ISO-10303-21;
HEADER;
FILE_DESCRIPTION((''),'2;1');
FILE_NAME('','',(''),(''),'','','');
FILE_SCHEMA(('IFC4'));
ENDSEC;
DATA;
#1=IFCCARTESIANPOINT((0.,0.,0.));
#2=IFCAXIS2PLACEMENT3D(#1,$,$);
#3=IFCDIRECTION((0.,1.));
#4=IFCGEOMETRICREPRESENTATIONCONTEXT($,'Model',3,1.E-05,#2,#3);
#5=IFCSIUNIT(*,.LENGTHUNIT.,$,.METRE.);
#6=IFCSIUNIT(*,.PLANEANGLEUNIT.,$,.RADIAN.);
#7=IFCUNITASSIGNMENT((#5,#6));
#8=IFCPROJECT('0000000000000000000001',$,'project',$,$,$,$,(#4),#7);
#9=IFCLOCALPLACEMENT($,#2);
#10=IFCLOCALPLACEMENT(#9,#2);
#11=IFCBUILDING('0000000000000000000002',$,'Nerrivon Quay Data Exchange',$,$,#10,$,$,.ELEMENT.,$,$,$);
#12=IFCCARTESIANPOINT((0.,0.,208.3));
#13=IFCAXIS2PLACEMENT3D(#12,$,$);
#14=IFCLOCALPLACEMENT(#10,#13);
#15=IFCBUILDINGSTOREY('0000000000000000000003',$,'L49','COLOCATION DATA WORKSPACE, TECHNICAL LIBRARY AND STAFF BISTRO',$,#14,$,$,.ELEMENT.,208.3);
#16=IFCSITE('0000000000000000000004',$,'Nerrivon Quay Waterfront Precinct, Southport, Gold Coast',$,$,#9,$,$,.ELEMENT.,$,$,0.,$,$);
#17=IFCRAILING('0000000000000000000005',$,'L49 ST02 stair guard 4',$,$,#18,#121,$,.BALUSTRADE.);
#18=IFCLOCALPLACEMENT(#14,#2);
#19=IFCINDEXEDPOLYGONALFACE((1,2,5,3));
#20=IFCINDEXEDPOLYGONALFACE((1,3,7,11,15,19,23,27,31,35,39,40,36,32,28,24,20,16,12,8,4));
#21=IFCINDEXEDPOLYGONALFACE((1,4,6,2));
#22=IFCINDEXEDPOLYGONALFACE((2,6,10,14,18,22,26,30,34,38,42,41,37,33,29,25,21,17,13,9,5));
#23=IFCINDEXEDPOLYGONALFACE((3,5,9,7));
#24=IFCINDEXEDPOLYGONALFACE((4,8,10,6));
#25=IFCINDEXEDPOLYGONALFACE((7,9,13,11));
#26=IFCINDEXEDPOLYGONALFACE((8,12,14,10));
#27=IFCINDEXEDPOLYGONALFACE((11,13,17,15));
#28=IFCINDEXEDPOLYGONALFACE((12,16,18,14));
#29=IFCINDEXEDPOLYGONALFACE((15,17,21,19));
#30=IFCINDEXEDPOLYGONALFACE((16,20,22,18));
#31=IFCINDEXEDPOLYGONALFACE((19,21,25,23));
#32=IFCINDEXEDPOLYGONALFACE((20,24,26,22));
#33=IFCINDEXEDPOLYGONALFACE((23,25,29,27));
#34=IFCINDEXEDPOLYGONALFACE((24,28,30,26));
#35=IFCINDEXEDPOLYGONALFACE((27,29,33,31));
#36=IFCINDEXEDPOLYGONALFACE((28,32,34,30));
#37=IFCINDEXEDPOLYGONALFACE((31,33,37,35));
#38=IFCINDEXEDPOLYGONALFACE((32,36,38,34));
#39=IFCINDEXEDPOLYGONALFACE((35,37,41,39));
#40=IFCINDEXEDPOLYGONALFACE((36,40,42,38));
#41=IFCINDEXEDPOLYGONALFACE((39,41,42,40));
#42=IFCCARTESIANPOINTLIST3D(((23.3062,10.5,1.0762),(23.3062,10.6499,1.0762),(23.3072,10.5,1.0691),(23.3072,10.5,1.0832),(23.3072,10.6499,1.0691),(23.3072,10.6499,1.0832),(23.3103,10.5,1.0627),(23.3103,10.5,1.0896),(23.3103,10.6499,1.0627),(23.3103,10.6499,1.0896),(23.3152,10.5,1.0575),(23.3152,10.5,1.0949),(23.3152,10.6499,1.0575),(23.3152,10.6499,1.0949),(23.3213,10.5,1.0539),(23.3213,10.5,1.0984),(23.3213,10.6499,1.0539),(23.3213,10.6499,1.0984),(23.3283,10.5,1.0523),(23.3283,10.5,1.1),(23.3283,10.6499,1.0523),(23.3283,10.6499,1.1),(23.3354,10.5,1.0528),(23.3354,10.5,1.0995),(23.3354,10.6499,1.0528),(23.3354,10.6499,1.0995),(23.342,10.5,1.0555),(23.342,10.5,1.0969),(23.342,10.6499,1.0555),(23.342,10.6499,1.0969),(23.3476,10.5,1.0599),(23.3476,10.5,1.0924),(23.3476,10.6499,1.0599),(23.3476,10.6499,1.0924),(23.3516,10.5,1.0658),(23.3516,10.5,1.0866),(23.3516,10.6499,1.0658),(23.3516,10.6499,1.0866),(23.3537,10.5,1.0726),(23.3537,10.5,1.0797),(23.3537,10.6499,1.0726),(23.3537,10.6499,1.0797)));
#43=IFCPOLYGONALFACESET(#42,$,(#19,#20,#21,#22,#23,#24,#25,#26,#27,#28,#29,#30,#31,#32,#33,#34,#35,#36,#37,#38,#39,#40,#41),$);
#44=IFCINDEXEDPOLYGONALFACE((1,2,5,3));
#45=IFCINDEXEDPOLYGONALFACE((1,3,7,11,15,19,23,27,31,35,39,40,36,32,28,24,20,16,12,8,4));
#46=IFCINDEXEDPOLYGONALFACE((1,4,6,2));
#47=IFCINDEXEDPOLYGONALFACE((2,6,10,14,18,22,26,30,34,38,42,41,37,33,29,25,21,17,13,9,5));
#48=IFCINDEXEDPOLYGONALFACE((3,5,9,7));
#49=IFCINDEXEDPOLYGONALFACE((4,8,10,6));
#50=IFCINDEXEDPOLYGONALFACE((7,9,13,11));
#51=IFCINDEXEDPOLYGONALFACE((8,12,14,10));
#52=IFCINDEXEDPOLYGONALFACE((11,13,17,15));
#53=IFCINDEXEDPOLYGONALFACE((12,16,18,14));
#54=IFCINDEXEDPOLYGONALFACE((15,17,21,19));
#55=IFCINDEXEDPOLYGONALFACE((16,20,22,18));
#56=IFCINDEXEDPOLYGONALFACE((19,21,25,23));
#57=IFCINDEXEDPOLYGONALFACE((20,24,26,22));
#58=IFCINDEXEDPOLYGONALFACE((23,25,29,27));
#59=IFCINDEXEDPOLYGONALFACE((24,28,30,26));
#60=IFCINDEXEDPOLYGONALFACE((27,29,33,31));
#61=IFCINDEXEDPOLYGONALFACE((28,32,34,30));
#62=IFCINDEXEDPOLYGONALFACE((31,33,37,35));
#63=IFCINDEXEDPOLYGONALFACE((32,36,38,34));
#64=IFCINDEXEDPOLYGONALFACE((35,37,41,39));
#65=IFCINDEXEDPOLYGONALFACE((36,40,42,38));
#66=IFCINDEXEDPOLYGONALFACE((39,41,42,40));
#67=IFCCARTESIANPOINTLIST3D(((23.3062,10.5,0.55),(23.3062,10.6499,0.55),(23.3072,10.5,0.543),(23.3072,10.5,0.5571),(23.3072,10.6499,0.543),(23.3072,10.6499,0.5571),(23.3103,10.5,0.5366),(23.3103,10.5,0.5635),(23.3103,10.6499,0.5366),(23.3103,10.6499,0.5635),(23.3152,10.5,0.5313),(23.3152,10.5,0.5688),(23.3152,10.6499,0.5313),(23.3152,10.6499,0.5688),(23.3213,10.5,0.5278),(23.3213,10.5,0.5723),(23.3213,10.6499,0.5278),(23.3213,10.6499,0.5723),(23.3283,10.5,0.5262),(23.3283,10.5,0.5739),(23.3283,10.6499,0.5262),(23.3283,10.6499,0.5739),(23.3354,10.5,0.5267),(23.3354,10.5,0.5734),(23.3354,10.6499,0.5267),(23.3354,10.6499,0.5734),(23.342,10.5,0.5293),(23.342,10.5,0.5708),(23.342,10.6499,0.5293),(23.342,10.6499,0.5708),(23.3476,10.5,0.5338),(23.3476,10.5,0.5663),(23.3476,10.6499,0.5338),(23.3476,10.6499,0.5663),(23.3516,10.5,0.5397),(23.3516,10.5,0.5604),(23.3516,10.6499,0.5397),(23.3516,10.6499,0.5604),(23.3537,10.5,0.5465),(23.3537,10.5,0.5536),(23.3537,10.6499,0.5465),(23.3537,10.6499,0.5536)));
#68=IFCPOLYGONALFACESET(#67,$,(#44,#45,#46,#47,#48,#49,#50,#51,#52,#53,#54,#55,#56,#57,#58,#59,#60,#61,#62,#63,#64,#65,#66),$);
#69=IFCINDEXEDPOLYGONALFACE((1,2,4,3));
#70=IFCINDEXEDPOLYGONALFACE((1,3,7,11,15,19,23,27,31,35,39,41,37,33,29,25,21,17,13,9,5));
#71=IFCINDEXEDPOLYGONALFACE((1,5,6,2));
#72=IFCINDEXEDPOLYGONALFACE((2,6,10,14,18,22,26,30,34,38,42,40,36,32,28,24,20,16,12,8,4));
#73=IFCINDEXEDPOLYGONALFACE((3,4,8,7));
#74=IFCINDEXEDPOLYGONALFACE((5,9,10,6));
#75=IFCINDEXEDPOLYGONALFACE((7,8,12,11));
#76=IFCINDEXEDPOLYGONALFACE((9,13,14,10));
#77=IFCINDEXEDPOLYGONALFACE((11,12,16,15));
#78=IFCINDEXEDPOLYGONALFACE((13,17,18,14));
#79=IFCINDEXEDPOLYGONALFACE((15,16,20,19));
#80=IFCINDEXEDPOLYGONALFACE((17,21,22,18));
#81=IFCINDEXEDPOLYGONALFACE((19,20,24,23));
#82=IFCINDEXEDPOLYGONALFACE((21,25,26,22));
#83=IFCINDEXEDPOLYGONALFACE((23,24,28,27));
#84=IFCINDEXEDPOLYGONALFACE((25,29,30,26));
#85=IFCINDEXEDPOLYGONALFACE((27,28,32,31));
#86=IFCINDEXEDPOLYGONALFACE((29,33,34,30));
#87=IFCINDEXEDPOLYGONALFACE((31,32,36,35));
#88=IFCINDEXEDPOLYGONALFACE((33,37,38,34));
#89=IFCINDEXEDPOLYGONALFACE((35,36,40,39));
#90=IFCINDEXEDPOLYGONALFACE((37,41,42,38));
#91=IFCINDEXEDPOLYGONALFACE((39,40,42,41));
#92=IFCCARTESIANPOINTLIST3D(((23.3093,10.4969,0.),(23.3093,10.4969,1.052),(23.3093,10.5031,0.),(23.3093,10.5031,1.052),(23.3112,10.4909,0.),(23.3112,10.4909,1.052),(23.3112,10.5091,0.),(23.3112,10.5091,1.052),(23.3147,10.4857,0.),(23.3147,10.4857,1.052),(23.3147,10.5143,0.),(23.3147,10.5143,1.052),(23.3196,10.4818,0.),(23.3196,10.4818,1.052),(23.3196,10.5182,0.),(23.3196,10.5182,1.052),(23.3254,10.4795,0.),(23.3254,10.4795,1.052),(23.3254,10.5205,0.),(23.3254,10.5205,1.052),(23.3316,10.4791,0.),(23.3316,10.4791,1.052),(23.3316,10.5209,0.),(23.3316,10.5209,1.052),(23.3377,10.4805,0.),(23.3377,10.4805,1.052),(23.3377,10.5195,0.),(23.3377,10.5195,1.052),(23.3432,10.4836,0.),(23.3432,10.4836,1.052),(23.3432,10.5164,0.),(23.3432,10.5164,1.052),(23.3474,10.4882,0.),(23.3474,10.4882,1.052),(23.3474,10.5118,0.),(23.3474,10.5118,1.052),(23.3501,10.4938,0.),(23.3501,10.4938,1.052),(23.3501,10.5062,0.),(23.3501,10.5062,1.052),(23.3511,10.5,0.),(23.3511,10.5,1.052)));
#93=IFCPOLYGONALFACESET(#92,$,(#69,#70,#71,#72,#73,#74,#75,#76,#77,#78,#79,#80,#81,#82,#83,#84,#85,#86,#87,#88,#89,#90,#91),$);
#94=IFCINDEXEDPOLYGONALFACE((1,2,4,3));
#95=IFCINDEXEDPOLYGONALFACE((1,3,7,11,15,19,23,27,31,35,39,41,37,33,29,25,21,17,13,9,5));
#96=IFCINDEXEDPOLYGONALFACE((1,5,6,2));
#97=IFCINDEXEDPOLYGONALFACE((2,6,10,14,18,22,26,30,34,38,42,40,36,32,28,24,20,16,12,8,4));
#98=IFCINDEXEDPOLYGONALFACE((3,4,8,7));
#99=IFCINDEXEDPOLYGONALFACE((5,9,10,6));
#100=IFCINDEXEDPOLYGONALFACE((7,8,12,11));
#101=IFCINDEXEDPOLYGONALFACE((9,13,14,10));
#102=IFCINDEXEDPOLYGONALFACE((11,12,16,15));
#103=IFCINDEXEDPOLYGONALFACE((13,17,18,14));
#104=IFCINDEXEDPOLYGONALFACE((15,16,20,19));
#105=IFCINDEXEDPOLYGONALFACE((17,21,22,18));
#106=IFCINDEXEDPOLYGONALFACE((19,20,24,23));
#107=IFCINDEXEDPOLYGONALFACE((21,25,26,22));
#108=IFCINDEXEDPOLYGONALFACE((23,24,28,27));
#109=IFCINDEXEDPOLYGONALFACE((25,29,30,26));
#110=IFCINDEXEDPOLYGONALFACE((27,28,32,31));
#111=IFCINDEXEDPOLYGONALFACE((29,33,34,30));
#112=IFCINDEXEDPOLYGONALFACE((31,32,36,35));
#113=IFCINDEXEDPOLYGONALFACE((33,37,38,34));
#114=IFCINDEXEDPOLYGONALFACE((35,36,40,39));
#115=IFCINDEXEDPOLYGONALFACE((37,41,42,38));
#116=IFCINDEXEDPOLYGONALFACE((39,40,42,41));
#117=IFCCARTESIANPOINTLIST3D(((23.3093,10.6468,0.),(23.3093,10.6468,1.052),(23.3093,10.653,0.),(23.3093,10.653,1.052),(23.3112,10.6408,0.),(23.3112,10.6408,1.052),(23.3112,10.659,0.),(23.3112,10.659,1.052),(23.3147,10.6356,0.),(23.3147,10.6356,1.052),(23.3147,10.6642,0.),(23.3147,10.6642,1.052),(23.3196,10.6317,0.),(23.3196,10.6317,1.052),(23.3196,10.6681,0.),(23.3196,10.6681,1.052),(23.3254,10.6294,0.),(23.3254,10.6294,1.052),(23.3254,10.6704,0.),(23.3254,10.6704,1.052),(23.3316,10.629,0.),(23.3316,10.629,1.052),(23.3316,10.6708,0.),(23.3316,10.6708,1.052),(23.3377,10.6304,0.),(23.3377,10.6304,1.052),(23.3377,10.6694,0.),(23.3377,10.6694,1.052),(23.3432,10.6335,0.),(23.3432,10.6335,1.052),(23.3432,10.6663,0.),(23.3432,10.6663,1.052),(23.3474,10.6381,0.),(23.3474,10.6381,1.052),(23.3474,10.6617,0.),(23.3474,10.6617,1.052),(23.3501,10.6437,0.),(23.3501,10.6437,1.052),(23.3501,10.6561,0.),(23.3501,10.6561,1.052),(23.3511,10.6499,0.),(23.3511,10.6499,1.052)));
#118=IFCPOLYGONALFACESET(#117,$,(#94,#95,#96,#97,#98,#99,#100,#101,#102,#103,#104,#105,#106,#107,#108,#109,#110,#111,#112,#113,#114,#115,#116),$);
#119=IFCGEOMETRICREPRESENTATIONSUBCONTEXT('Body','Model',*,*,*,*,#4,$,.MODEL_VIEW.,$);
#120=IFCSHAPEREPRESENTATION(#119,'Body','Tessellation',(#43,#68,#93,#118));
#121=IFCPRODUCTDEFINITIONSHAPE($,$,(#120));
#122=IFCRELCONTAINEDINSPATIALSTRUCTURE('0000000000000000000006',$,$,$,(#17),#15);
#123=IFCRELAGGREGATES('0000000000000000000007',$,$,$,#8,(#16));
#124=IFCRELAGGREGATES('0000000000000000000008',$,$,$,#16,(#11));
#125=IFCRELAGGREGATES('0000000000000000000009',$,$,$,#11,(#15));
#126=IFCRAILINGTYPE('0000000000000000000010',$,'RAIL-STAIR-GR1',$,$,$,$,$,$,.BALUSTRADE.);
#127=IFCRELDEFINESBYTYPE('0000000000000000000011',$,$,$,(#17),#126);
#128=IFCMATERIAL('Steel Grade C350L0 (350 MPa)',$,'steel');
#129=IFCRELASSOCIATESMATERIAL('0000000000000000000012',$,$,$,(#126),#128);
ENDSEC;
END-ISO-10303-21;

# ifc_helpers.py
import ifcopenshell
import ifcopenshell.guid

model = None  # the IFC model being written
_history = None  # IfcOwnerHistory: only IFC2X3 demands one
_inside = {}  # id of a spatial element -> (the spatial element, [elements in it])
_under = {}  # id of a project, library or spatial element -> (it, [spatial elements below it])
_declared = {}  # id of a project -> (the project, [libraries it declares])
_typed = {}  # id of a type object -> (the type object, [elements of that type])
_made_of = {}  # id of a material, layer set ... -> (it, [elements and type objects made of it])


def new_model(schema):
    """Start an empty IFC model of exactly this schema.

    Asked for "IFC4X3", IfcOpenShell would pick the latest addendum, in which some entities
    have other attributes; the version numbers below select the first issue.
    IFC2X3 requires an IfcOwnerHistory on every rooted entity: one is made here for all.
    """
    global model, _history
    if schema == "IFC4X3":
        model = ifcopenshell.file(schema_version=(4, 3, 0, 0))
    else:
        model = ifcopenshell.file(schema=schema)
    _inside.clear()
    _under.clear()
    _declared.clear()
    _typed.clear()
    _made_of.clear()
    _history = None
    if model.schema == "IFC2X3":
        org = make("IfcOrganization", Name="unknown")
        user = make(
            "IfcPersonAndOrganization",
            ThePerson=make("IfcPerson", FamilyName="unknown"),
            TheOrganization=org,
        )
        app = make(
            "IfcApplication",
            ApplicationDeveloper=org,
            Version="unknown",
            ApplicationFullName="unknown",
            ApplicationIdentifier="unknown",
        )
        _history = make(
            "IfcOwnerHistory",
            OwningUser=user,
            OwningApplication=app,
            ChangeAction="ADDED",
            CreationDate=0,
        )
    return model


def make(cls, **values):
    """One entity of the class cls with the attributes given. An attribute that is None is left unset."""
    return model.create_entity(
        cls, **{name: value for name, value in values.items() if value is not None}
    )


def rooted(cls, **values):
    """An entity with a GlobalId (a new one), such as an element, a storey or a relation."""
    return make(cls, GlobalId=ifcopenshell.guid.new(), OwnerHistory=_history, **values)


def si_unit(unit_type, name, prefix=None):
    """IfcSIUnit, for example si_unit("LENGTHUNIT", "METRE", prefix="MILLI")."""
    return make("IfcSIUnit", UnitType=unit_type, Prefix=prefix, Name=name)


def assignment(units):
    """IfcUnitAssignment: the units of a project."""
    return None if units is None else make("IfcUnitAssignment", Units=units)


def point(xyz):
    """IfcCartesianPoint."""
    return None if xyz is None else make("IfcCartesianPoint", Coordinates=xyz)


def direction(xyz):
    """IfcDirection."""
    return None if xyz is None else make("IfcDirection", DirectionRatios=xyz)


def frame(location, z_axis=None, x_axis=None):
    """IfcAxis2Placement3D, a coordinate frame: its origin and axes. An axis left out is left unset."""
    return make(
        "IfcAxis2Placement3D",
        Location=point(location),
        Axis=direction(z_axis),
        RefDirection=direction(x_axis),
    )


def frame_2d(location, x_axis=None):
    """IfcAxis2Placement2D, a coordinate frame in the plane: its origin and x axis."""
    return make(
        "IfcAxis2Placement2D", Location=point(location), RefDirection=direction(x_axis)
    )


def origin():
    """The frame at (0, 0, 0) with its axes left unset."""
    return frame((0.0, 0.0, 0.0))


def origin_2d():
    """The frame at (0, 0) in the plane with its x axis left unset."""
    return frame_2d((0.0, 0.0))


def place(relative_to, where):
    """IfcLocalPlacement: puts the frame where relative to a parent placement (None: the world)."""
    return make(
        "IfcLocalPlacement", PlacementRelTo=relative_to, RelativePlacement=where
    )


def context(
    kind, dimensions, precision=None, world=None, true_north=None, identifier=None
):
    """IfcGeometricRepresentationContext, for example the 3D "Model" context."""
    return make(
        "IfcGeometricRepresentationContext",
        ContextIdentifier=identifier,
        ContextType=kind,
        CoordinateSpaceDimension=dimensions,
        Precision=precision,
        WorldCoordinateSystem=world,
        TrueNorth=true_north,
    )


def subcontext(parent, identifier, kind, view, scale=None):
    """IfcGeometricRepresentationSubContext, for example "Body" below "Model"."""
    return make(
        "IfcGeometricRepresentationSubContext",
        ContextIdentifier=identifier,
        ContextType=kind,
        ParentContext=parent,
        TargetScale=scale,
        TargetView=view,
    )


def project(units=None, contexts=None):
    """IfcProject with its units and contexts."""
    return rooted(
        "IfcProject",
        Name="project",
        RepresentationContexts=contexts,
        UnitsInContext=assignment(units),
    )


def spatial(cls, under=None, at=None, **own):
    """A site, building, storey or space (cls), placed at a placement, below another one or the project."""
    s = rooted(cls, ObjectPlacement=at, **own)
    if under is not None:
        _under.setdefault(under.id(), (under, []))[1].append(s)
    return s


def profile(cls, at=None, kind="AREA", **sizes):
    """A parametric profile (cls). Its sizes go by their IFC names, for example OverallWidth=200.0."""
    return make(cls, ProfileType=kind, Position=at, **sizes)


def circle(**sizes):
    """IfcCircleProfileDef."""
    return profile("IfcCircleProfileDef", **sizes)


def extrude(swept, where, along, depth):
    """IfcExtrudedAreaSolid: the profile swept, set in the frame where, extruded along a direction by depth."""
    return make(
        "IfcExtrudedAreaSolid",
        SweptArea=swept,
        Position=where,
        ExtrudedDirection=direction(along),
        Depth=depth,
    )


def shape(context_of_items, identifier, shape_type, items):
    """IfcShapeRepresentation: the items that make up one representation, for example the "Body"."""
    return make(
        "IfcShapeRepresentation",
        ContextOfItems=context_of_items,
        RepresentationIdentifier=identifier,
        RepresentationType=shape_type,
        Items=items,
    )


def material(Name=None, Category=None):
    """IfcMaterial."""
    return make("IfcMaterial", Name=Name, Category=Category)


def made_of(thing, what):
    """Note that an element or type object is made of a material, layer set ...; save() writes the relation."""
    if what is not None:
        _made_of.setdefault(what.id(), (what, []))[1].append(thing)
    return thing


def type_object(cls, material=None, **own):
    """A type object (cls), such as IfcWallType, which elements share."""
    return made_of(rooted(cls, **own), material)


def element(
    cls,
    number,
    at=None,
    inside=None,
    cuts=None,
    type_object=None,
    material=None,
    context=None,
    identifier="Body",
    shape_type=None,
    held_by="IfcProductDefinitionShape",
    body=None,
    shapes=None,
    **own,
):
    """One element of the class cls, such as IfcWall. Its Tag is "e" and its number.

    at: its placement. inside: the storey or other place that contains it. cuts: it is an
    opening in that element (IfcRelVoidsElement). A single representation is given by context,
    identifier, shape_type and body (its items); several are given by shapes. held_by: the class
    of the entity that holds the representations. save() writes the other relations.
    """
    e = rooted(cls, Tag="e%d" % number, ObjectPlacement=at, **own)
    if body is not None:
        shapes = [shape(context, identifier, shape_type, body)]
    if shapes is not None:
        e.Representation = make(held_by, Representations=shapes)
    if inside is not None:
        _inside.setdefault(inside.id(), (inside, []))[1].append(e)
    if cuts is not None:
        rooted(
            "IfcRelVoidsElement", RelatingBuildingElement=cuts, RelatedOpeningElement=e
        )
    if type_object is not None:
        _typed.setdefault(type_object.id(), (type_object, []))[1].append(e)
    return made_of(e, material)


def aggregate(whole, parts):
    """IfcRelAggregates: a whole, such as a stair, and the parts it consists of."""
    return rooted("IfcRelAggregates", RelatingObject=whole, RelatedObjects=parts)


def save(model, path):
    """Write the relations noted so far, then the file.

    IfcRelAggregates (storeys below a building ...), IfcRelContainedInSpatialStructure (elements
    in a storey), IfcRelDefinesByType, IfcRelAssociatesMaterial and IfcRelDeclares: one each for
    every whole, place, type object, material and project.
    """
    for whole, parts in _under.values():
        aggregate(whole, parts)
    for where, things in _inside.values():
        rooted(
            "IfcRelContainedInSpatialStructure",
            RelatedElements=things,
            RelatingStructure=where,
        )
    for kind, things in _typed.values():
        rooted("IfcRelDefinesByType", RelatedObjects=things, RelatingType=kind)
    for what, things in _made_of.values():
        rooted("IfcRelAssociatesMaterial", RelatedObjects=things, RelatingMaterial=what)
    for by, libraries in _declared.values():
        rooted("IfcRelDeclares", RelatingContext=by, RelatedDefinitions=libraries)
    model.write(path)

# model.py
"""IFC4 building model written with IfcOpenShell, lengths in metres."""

from ifc_helpers import new_model, si_unit, direction, frame, origin, origin_2d, place, context, subcontext, project, spatial, circle, extrude, material, type_object, element, save


model = new_model("IFC4")

# Units and contexts
model_context = context("Model", 3, precision=1e-05, world=origin(), true_north=direction((0.0, 1.0)))
body_context = subcontext(model_context, "Body", "Model", "MODEL_VIEW")
ifc_project = project(units=[si_unit("LENGTHUNIT", "METRE"), si_unit("PLANEANGLEUNIT", "RADIAN")], contexts=[model_context])

# Site, building, storey
site_placement = place(None, origin())
site = spatial("IfcSite", under=ifc_project, at=site_placement, Name="Nerrivon Quay Waterfront Precinct, Southport, Gold Coast", CompositionType="ELEMENT", RefElevation=0.0)
building_placement = place(site_placement, origin())
building = spatial("IfcBuilding", under=site, at=building_placement, Name="Nerrivon Quay Data Exchange", CompositionType="ELEMENT")
storey_placement = place(building_placement, frame((0.0, 0.0, 208.3)))
storey = spatial("IfcBuildingStorey", under=building, at=storey_placement, Name="L49", Description="COLOCATION DATA WORKSPACE, TECHNICAL LIBRARY AND STAFF BISTRO", CompositionType="ELEMENT", Elevation=208.3)

# Railing
ifc_material_1 = material(Name="Steel Grade C350L0 (350 MPa)", Category="steel")
railing_type_1 = type_object("IfcRailingType", Name="RAIL-STAIR-GR1", PredefinedType="BALUSTRADE", material=ifc_material_1)
railing_1_placement = place(storey_placement, frame((23.3301, 10.5, 0.0)))
element("IfcRailing", 1, at=railing_1_placement, inside=storey, type_object=railing_type_1, Name="L49 ST02 stair guard 4", PredefinedType="BALUSTRADE", context=body_context, shape_type="SweptSolid", body=[
    extrude(circle(Radius=0.0239, at=origin_2d()), frame((0.0, 0.0, 1.0762), z_axis=(0.0, 1.0, 0.0), x_axis=(-1.0, 0.0, 0.0)), (0.0, 0.0, 1.0), 0.1499),
    extrude(circle(Radius=0.0239, at=origin_2d()), frame((0.0, 0.0, 0.55), z_axis=(0.0, 1.0, 0.0), x_axis=(-1.0, 0.0, 0.0)), (0.0, 0.0, 1.0), 0.1499),
    extrude(circle(Radius=0.021, at=origin_2d()), origin(), (0.0, 0.0, 1.0), 1.052),
    extrude(circle(Radius=0.021, at=origin_2d()), frame((0.0, 0.1499, 0.0)), (0.0, 0.0, 1.0), 1.052),
])

save(model, "model.ifc")
